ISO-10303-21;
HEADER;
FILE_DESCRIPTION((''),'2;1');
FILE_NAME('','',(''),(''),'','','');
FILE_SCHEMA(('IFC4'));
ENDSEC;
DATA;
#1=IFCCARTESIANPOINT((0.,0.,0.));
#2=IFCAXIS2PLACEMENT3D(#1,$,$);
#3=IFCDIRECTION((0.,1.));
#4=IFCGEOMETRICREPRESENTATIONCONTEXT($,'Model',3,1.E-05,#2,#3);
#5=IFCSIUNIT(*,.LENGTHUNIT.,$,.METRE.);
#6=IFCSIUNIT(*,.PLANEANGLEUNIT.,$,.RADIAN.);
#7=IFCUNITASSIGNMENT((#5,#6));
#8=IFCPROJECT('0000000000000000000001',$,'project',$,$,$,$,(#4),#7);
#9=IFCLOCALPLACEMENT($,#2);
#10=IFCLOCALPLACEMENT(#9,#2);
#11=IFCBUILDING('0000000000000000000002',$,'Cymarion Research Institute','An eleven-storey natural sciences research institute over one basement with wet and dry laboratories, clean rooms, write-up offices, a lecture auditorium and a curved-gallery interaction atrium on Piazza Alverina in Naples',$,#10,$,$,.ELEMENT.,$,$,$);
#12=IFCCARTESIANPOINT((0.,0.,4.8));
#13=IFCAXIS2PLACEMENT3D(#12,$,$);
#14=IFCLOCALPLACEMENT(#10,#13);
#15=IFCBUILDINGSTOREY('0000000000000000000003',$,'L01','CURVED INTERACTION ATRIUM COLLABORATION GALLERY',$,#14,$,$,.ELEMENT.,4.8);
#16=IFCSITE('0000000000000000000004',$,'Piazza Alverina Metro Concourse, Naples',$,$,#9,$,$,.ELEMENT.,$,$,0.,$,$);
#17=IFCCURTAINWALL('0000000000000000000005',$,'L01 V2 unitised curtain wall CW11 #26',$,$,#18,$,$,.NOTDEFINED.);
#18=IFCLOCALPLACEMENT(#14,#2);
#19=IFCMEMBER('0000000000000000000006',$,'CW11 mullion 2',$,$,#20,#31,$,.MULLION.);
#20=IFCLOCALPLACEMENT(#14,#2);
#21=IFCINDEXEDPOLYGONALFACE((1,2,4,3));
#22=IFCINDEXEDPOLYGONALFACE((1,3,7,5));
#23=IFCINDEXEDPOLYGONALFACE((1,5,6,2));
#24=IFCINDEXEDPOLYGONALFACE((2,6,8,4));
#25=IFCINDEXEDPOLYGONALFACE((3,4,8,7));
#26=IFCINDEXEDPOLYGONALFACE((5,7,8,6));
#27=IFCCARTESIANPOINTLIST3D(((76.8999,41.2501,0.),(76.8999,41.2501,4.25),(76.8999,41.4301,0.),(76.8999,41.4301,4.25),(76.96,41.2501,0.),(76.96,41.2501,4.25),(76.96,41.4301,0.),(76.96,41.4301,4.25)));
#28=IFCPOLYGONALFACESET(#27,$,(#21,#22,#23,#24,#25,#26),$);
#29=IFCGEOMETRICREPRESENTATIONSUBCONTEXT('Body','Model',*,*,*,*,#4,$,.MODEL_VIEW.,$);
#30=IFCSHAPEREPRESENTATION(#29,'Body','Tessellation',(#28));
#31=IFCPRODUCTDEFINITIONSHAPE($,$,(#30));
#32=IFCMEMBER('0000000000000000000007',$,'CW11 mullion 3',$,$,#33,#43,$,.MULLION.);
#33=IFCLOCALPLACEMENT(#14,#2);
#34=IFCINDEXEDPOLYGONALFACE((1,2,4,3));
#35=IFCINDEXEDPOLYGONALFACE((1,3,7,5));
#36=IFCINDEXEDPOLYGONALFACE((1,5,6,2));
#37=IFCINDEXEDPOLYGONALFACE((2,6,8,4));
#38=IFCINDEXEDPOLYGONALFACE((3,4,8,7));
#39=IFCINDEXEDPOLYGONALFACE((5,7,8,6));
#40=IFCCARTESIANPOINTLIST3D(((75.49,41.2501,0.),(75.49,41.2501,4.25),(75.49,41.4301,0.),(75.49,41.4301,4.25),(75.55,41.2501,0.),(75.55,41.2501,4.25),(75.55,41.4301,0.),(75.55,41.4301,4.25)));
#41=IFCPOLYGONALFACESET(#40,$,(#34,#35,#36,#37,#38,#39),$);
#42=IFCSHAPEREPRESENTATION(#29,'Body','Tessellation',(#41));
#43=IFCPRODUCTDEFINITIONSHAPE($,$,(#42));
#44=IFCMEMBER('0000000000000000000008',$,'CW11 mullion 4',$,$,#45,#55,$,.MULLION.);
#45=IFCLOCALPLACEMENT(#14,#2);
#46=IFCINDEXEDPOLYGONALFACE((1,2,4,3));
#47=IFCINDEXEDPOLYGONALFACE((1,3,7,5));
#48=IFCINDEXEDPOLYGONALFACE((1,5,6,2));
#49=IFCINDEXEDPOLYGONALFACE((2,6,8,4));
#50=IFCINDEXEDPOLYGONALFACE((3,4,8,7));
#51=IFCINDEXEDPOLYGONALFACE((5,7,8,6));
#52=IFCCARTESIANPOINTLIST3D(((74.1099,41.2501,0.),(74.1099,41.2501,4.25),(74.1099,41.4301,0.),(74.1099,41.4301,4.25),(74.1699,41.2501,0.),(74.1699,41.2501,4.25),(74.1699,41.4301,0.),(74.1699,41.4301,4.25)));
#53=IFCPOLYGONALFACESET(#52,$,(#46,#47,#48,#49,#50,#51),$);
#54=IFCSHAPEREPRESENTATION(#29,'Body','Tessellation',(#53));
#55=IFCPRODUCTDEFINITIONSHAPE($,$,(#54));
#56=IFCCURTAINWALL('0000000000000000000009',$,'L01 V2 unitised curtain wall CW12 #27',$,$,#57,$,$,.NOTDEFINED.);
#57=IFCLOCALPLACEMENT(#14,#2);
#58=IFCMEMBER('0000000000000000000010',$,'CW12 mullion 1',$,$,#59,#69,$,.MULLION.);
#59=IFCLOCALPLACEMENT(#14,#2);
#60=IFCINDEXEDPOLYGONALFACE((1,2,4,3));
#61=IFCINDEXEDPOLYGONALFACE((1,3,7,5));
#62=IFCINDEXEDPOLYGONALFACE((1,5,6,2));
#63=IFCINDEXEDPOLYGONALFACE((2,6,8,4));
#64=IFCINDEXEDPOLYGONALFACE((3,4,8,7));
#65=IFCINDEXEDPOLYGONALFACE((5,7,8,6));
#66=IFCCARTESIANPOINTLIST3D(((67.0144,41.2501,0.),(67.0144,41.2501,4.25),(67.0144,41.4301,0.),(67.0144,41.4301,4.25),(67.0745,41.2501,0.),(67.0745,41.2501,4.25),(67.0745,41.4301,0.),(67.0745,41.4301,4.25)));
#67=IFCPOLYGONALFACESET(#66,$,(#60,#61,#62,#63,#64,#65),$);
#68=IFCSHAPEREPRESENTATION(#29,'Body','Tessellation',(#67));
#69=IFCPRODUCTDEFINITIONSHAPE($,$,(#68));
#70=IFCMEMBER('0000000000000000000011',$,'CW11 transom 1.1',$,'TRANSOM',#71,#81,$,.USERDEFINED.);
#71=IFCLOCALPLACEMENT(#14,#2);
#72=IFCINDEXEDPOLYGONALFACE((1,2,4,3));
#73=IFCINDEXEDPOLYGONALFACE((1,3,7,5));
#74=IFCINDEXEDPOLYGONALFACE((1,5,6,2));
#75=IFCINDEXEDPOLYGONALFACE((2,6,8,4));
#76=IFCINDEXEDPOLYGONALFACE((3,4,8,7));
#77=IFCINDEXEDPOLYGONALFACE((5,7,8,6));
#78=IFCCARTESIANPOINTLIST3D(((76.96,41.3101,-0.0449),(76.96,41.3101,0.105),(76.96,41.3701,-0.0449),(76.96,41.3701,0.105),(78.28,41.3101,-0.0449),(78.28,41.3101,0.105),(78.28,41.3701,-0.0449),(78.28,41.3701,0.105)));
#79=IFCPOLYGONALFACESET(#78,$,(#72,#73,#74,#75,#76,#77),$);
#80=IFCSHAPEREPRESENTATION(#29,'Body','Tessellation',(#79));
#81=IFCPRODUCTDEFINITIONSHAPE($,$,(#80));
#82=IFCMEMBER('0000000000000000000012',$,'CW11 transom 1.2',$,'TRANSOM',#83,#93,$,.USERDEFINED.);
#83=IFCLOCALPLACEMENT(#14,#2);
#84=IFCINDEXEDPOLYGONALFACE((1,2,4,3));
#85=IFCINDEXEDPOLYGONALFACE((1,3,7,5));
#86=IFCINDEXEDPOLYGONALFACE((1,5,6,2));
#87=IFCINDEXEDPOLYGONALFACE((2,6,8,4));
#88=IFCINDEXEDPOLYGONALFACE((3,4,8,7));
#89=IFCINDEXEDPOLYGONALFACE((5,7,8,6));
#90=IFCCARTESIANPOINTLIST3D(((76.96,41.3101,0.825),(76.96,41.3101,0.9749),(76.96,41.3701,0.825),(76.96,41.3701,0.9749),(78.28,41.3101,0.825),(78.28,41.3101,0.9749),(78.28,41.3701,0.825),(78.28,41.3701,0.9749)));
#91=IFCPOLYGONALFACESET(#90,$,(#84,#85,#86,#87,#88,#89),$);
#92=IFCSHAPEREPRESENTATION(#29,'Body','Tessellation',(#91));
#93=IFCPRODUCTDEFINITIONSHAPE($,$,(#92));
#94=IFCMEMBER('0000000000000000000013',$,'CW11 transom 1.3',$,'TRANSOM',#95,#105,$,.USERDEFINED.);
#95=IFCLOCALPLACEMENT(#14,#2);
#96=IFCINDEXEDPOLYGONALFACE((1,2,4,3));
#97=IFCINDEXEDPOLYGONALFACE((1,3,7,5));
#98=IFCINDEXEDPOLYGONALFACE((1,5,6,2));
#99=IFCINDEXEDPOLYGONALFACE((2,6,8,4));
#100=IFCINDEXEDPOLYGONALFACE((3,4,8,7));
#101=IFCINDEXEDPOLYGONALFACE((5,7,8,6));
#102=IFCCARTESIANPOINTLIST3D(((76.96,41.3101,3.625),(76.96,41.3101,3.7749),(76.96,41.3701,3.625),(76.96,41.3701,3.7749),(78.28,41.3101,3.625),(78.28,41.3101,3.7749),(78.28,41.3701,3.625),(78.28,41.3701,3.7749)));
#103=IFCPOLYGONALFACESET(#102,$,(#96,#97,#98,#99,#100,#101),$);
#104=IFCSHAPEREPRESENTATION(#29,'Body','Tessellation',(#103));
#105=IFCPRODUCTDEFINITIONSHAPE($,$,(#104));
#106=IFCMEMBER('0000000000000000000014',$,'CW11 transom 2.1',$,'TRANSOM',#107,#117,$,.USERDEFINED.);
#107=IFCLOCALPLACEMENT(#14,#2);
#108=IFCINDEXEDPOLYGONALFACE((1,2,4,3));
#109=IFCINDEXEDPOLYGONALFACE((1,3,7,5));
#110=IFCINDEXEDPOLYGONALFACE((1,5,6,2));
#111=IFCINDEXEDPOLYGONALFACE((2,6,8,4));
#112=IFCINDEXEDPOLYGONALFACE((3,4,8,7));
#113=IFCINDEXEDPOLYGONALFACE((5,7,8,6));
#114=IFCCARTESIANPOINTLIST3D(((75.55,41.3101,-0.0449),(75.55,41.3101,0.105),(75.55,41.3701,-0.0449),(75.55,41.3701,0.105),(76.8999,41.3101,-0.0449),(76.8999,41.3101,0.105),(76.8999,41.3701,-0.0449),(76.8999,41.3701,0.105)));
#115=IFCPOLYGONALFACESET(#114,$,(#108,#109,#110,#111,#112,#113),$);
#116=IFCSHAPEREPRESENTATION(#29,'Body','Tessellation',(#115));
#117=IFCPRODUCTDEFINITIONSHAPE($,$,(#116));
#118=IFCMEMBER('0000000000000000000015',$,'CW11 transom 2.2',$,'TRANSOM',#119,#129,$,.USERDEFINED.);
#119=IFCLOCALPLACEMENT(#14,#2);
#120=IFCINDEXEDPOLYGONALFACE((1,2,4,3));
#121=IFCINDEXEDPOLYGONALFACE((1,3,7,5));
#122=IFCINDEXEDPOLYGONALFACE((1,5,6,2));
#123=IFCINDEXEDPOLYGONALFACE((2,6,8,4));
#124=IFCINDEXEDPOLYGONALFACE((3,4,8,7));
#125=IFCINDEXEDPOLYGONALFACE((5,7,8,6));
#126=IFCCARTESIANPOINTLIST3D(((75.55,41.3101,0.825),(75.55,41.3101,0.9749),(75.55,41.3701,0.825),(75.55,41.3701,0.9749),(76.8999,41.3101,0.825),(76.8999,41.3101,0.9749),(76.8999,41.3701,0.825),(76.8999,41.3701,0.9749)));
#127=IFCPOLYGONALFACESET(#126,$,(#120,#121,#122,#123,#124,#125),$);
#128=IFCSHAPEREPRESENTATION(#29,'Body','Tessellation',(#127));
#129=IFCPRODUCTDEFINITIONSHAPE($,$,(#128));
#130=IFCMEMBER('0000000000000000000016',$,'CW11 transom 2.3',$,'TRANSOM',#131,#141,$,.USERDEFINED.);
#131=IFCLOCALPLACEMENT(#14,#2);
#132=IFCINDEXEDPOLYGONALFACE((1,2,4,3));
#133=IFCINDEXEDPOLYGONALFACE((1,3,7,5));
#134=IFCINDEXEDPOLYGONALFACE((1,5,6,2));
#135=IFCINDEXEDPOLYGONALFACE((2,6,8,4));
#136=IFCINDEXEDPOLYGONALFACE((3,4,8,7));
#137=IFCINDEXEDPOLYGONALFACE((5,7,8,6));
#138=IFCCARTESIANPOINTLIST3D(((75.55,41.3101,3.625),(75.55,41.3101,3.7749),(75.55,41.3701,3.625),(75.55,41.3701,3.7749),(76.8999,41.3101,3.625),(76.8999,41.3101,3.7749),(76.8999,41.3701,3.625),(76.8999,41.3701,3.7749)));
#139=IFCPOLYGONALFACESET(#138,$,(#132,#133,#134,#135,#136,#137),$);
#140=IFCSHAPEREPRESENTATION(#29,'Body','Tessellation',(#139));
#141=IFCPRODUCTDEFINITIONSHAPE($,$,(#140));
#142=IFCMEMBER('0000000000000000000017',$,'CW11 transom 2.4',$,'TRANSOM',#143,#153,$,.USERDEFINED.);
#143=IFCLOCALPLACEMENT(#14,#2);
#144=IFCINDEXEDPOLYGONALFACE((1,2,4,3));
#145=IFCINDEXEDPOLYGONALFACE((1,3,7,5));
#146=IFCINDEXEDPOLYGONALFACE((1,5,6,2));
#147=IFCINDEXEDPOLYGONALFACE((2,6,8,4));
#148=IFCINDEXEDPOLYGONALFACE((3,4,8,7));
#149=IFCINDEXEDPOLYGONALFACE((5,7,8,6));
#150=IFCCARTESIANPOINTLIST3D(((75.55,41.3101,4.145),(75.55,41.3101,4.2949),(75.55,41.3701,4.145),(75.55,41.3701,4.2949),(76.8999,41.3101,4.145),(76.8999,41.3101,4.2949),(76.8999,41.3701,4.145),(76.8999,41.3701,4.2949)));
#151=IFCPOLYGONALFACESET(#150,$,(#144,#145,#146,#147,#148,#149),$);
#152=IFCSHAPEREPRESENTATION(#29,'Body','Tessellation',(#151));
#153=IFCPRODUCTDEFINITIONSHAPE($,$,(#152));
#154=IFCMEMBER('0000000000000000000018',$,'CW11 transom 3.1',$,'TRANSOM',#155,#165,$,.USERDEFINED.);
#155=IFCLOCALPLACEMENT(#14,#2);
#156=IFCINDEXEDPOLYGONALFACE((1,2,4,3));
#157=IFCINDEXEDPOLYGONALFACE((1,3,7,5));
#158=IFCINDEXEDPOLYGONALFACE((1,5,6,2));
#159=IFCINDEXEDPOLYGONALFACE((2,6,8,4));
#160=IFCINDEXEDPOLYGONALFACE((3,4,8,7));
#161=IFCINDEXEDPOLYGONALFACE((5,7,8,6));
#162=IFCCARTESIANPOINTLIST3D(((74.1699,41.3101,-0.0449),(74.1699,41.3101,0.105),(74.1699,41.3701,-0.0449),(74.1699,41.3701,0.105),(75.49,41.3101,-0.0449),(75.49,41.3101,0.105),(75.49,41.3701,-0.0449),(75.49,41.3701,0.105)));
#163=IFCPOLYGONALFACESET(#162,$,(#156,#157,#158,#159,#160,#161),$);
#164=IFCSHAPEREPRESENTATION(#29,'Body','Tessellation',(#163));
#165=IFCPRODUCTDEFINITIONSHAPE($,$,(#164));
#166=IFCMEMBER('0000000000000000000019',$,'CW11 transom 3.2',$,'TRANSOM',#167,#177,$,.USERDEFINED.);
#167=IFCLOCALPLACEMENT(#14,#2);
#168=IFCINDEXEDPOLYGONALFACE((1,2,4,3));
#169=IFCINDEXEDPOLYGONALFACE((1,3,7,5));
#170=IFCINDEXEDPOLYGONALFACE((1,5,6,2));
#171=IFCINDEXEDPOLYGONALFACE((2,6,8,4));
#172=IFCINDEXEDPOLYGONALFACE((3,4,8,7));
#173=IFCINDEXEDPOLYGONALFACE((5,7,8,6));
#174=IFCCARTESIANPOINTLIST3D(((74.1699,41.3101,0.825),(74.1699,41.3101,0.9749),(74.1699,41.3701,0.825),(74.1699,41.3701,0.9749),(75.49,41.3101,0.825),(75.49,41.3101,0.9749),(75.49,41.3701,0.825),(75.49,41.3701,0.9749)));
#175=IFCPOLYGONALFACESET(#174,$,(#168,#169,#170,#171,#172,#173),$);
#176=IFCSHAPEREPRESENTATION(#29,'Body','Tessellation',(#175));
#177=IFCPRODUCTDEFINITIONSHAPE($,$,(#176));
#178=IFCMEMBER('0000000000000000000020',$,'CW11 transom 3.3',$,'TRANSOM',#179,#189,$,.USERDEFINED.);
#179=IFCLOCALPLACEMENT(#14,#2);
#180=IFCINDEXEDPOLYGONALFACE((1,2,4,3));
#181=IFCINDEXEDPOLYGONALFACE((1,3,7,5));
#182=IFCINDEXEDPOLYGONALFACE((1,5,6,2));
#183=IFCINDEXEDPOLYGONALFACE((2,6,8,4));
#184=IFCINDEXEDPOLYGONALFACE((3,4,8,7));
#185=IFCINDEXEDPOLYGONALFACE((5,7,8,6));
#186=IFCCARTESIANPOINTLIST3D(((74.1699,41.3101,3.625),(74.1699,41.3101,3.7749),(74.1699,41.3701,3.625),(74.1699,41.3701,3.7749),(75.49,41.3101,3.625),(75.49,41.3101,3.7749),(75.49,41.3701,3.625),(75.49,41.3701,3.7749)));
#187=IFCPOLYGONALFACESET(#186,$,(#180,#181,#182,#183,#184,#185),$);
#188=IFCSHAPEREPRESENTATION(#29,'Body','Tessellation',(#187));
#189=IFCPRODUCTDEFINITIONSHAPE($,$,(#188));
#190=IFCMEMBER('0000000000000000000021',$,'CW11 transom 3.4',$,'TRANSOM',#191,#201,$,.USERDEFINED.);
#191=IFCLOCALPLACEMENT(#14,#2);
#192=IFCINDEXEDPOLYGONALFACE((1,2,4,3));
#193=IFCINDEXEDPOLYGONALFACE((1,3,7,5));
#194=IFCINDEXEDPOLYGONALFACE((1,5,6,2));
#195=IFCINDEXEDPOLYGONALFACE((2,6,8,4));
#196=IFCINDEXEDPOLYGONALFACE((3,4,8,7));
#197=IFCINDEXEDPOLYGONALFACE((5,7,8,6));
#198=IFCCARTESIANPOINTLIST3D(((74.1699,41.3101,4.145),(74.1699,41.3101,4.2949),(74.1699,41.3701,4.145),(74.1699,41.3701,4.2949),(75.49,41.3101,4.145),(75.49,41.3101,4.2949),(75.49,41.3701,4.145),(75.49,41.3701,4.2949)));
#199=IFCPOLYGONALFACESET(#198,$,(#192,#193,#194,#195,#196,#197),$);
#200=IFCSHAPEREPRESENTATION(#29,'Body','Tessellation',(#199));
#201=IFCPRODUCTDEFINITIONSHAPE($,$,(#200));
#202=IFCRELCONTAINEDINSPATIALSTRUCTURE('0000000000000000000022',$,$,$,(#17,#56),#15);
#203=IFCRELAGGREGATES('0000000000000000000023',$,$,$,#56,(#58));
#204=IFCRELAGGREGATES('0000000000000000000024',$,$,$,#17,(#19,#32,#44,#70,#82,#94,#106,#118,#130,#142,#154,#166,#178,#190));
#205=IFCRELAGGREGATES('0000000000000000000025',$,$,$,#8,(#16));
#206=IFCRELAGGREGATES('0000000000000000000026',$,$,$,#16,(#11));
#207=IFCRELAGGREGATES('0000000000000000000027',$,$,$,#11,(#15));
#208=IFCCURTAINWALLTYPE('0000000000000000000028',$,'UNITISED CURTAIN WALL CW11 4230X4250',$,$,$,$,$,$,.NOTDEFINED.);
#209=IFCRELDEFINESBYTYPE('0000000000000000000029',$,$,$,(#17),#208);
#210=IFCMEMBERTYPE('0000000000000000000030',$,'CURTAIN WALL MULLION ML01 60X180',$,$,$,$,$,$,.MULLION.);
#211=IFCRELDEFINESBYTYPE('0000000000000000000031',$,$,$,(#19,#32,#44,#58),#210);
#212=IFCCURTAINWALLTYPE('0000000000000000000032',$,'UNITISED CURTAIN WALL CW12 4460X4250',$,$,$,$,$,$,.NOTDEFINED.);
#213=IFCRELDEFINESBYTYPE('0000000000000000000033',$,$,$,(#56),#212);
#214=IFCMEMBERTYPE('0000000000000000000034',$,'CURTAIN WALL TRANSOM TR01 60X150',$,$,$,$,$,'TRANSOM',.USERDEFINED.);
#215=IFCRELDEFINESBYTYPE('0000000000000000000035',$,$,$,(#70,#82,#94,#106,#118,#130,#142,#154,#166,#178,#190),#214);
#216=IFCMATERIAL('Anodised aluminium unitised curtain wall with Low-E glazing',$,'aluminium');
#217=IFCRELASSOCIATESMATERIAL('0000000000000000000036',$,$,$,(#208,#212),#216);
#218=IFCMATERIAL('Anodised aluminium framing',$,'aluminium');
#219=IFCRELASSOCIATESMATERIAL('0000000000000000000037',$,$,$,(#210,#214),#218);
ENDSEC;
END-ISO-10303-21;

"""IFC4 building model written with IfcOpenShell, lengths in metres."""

from ifc_helpers import new_model, si_unit, direction, frame, origin, origin_2d, place, context, subcontext, project, spatial, rectangle, extrude, material, material_profile, profile_set, type_object, element, aggregate, save


model = new_model("IFC4")

# Units and contexts
model_context = context("Model", 3, precision=1e-05, world=origin(), true_north=direction((0.0, 1.0)))
body_context = subcontext(model_context, "Body", "Model", "MODEL_VIEW")
ifc_project = project(units=[si_unit("LENGTHUNIT", "METRE"), si_unit("PLANEANGLEUNIT", "RADIAN")], contexts=[model_context])

# Site, building, storey
site_placement = place(None, origin())
site = spatial("IfcSite", under=ifc_project, at=site_placement, Name="Piazza Alverina Metro Concourse, Naples", CompositionType="ELEMENT", RefElevation=0.0)
building_placement = place(site_placement, origin())
building = spatial("IfcBuilding", under=site, at=building_placement, Name="Cymarion Research Institute", Description="An eleven-storey natural sciences research institute over one basement with wet and dry laboratories, clean rooms, write-up offices, a lecture auditorium and a curved-gallery interaction atrium on Piazza Alverina in Naples", CompositionType="ELEMENT")
storey_placement = place(building_placement, frame((0.0, 0.0, 4.8)))
storey = spatial("IfcBuildingStorey", under=building, at=storey_placement, Name="L01", Description="CURVED INTERACTION ATRIUM COLLABORATION GALLERY", CompositionType="ELEMENT", Elevation=4.8)

# Curtain wall, members
ifc_material_1 = material(Name="Anodised aluminium unitised curtain wall with Low-E glazing", Category="aluminium")
curtain_wall_type_1 = type_object("IfcCurtainWallType", Name="UNITISED CURTAIN WALL CW11 4230X4250", PredefinedType="NOTDEFINED", material=ifc_material_1)
curtain_wall_1_placement = place(storey_placement, origin())
curtain_wall_1 = element("IfcCurtainWall", 1, at=curtain_wall_1_placement, inside=storey, type_object=curtain_wall_type_1, Name="L01 V2 unitised curtain wall CW11 #26", PredefinedType="NOTDEFINED")
ifc_material_2 = material(Name="Anodised aluminium framing", Category="aluminium")
ifc_material_profile_1 = material_profile(ifc_material_2, rectangle(XDim=0.0601, YDim=0.1799, at=origin_2d()), Name="ALU MULLION 60x180")
ifc_profile_set_1 = profile_set([ifc_material_profile_1], Name="Anodised aluminium framing")
member_type_1 = type_object("IfcMemberType", Name="CURTAIN WALL MULLION ML01 60X180", PredefinedType="MULLION", material=ifc_profile_set_1)
member_1_placement = place(storey_placement, frame((76.9299, 41.3401, 0.0), z_axis=(0.0, 0.0, 1.0), x_axis=(-1.0, 0.0, 0.0)))
member_1 = element("IfcMember", 2, at=member_1_placement, type_object=member_type_1, Name="CW11 mullion 2", PredefinedType="MULLION", context=body_context, shape_type="SweptSolid", body=[
    extrude(rectangle(XDim=0.0601, YDim=0.1799, at=origin_2d()), origin(), (0.0, 0.0, 1.0), 4.25),
])
member_2_placement = place(storey_placement, frame((75.52, 41.3401, 0.0), z_axis=(0.0, 0.0, 1.0), x_axis=(-1.0, 0.0, 0.0)))
member_2 = element("IfcMember", 3, at=member_2_placement, type_object=member_type_1, Name="CW11 mullion 3", PredefinedType="MULLION", context=body_context, shape_type="SweptSolid", body=[
    extrude(rectangle(XDim=0.0601, YDim=0.1799, at=origin_2d()), origin(), (0.0, 0.0, 1.0), 4.25),
])
member_3_placement = place(storey_placement, frame((74.1399, 41.3401, 0.0), z_axis=(0.0, 0.0, 1.0), x_axis=(-1.0, 0.0, 0.0)))
member_3 = element("IfcMember", 4, at=member_3_placement, type_object=member_type_1, Name="CW11 mullion 4", PredefinedType="MULLION", context=body_context, shape_type="SweptSolid", body=[
    extrude(rectangle(XDim=0.0601, YDim=0.1799, at=origin_2d()), origin(), (0.0, 0.0, 1.0), 4.25),
])

# Curtain wall, member
curtain_wall_type_2 = type_object("IfcCurtainWallType", Name="UNITISED CURTAIN WALL CW12 4460X4250", PredefinedType="NOTDEFINED", material=ifc_material_1)
curtain_wall_2_placement = place(storey_placement, origin())
curtain_wall_2 = element("IfcCurtainWall", 5, at=curtain_wall_2_placement, inside=storey, type_object=curtain_wall_type_2, Name="L01 V2 unitised curtain wall CW12 #27", PredefinedType="NOTDEFINED")
member_4_placement = place(storey_placement, frame((67.0444, 41.3401, 0.0), z_axis=(0.0, 0.0, 1.0), x_axis=(-1.0, 0.0, 0.0)))
member_4 = element("IfcMember", 6, at=member_4_placement, type_object=member_type_1, Name="CW12 mullion 1", PredefinedType="MULLION", context=body_context, shape_type="SweptSolid", body=[
    extrude(rectangle(XDim=0.0601, YDim=0.1799, at=origin_2d()), origin(), (0.0, 0.0, 1.0), 4.25),
])

# Members
ifc_material_profile_2 = material_profile(ifc_material_2, rectangle(XDim=0.0601, YDim=0.1499, at=origin_2d()), Name="ALU TRANSOM 60x150")
ifc_profile_set_2 = profile_set([ifc_material_profile_2], Name="Anodised aluminium framing")
member_type_2 = type_object("IfcMemberType", Name="CURTAIN WALL TRANSOM TR01 60X150", ElementType="TRANSOM", PredefinedType="USERDEFINED", material=ifc_profile_set_2)
member_5_placement = place(storey_placement, frame((78.28, 41.3401, 0.03), z_axis=(-1.0, 0.0, 0.0), x_axis=(0.0, -1.0, 0.0)))
member_5 = element("IfcMember", 7, at=member_5_placement, type_object=member_type_2, Name="CW11 transom 1.1", ObjectType="TRANSOM", PredefinedType="USERDEFINED", context=body_context, shape_type="SweptSolid", body=[
    extrude(rectangle(XDim=0.0601, YDim=0.1499, at=origin_2d()), origin(), (0.0, 0.0, 1.0), 1.3201),
])
member_6_placement = place(storey_placement, frame((78.28, 41.3401, 0.8999), z_axis=(-1.0, 0.0, 0.0), x_axis=(0.0, -1.0, 0.0)))
member_6 = element("IfcMember", 8, at=member_6_placement, type_object=member_type_2, Name="CW11 transom 1.2", ObjectType="TRANSOM", PredefinedType="USERDEFINED", context=body_context, shape_type="SweptSolid", body=[
    extrude(rectangle(XDim=0.0601, YDim=0.1499, at=origin_2d()), origin(), (0.0, 0.0, 1.0), 1.3201),
])
member_7_placement = place(storey_placement, frame((78.28, 41.3401, 3.7), z_axis=(-1.0, 0.0, 0.0), x_axis=(0.0, -1.0, 0.0)))
member_7 = element("IfcMember", 9, at=member_7_placement, type_object=member_type_2, Name="CW11 transom 1.3", ObjectType="TRANSOM", PredefinedType="USERDEFINED", context=body_context, shape_type="SweptSolid", body=[
    extrude(rectangle(XDim=0.0601, YDim=0.1499, at=origin_2d()), origin(), (0.0, 0.0, 1.0), 1.3201),
])
member_8_placement = place(storey_placement, frame((76.8999, 41.3401, 0.03), z_axis=(-1.0, 0.0, 0.0), x_axis=(0.0, -1.0, 0.0)))
member_8 = element("IfcMember", 10, at=member_8_placement, type_object=member_type_2, Name="CW11 transom 2.1", ObjectType="TRANSOM", PredefinedType="USERDEFINED", context=body_context, shape_type="SweptSolid", body=[
    extrude(rectangle(XDim=0.0601, YDim=0.1499, at=origin_2d()), origin(), (0.0, 0.0, 1.0), 1.3499),
])
member_9_placement = place(storey_placement, frame((76.8999, 41.3401, 0.8999), z_axis=(-1.0, 0.0, 0.0), x_axis=(0.0, -1.0, 0.0)))
member_9 = element("IfcMember", 11, at=member_9_placement, type_object=member_type_2, Name="CW11 transom 2.2", ObjectType="TRANSOM", PredefinedType="USERDEFINED", context=body_context, shape_type="SweptSolid", body=[
    extrude(rectangle(XDim=0.0601, YDim=0.1499, at=origin_2d()), origin(), (0.0, 0.0, 1.0), 1.3499),
])
member_10_placement = place(storey_placement, frame((76.8999, 41.3401, 3.7), z_axis=(-1.0, 0.0, 0.0), x_axis=(0.0, -1.0, 0.0)))
member_10 = element("IfcMember", 12, at=member_10_placement, type_object=member_type_2, Name="CW11 transom 2.3", ObjectType="TRANSOM", PredefinedType="USERDEFINED", context=body_context, shape_type="SweptSolid", body=[
    extrude(rectangle(XDim=0.0601, YDim=0.1499, at=origin_2d()), origin(), (0.0, 0.0, 1.0), 1.3499),
])
member_11_placement = place(storey_placement, frame((76.8999, 41.3401, 4.22), z_axis=(-1.0, 0.0, 0.0), x_axis=(0.0, -1.0, 0.0)))
member_11 = element("IfcMember", 13, at=member_11_placement, type_object=member_type_2, Name="CW11 transom 2.4", ObjectType="TRANSOM", PredefinedType="USERDEFINED", context=body_context, shape_type="SweptSolid", body=[
    extrude(rectangle(XDim=0.0601, YDim=0.1499, at=origin_2d()), origin(), (0.0, 0.0, 1.0), 1.3499),
])
member_12_placement = place(storey_placement, frame((75.49, 41.3401, 0.03), z_axis=(-1.0, 0.0, 0.0), x_axis=(0.0, -1.0, 0.0)))
member_12 = element("IfcMember", 14, at=member_12_placement, type_object=member_type_2, Name="CW11 transom 3.1", ObjectType="TRANSOM", PredefinedType="USERDEFINED", context=body_context, shape_type="SweptSolid", body=[
    extrude(rectangle(XDim=0.0601, YDim=0.1499, at=origin_2d()), origin(), (0.0, 0.0, 1.0), 1.3201),
])
member_13_placement = place(storey_placement, frame((75.49, 41.3401, 0.8999), z_axis=(-1.0, 0.0, 0.0), x_axis=(0.0, -1.0, 0.0)))
member_13 = element("IfcMember", 15, at=member_13_placement, type_object=member_type_2, Name="CW11 transom 3.2", ObjectType="TRANSOM", PredefinedType="USERDEFINED", context=body_context, shape_type="SweptSolid", body=[
    extrude(rectangle(XDim=0.0601, YDim=0.1499, at=origin_2d()), origin(), (0.0, 0.0, 1.0), 1.3201),
])
member_14_placement = place(storey_placement, frame((75.49, 41.3401, 3.7), z_axis=(-1.0, 0.0, 0.0), x_axis=(0.0, -1.0, 0.0)))
member_14 = element("IfcMember", 16, at=member_14_placement, type_object=member_type_2, Name="CW11 transom 3.3", ObjectType="TRANSOM", PredefinedType="USERDEFINED", context=body_context, shape_type="SweptSolid", body=[
    extrude(rectangle(XDim=0.0601, YDim=0.1499, at=origin_2d()), origin(), (0.0, 0.0, 1.0), 1.3201),
])
member_15_placement = place(storey_placement, frame((75.49, 41.3401, 4.22), z_axis=(-1.0, 0.0, 0.0), x_axis=(0.0, -1.0, 0.0)))
member_15 = element("IfcMember", 17, at=member_15_placement, type_object=member_type_2, Name="CW11 transom 3.4", ObjectType="TRANSOM", PredefinedType="USERDEFINED", context=body_context, shape_type="SweptSolid", body=[
    extrude(rectangle(XDim=0.0601, YDim=0.1499, at=origin_2d()), origin(), (0.0, 0.0, 1.0), 1.3201),
])
aggregate(curtain_wall_2, [member_4])

aggregate(curtain_wall_1, [member_1, member_2, member_3, member_5, member_6, member_7, member_8, member_9, member_10, member_11, member_12, member_13, member_14, member_15])

save(model, "model.ifc")
